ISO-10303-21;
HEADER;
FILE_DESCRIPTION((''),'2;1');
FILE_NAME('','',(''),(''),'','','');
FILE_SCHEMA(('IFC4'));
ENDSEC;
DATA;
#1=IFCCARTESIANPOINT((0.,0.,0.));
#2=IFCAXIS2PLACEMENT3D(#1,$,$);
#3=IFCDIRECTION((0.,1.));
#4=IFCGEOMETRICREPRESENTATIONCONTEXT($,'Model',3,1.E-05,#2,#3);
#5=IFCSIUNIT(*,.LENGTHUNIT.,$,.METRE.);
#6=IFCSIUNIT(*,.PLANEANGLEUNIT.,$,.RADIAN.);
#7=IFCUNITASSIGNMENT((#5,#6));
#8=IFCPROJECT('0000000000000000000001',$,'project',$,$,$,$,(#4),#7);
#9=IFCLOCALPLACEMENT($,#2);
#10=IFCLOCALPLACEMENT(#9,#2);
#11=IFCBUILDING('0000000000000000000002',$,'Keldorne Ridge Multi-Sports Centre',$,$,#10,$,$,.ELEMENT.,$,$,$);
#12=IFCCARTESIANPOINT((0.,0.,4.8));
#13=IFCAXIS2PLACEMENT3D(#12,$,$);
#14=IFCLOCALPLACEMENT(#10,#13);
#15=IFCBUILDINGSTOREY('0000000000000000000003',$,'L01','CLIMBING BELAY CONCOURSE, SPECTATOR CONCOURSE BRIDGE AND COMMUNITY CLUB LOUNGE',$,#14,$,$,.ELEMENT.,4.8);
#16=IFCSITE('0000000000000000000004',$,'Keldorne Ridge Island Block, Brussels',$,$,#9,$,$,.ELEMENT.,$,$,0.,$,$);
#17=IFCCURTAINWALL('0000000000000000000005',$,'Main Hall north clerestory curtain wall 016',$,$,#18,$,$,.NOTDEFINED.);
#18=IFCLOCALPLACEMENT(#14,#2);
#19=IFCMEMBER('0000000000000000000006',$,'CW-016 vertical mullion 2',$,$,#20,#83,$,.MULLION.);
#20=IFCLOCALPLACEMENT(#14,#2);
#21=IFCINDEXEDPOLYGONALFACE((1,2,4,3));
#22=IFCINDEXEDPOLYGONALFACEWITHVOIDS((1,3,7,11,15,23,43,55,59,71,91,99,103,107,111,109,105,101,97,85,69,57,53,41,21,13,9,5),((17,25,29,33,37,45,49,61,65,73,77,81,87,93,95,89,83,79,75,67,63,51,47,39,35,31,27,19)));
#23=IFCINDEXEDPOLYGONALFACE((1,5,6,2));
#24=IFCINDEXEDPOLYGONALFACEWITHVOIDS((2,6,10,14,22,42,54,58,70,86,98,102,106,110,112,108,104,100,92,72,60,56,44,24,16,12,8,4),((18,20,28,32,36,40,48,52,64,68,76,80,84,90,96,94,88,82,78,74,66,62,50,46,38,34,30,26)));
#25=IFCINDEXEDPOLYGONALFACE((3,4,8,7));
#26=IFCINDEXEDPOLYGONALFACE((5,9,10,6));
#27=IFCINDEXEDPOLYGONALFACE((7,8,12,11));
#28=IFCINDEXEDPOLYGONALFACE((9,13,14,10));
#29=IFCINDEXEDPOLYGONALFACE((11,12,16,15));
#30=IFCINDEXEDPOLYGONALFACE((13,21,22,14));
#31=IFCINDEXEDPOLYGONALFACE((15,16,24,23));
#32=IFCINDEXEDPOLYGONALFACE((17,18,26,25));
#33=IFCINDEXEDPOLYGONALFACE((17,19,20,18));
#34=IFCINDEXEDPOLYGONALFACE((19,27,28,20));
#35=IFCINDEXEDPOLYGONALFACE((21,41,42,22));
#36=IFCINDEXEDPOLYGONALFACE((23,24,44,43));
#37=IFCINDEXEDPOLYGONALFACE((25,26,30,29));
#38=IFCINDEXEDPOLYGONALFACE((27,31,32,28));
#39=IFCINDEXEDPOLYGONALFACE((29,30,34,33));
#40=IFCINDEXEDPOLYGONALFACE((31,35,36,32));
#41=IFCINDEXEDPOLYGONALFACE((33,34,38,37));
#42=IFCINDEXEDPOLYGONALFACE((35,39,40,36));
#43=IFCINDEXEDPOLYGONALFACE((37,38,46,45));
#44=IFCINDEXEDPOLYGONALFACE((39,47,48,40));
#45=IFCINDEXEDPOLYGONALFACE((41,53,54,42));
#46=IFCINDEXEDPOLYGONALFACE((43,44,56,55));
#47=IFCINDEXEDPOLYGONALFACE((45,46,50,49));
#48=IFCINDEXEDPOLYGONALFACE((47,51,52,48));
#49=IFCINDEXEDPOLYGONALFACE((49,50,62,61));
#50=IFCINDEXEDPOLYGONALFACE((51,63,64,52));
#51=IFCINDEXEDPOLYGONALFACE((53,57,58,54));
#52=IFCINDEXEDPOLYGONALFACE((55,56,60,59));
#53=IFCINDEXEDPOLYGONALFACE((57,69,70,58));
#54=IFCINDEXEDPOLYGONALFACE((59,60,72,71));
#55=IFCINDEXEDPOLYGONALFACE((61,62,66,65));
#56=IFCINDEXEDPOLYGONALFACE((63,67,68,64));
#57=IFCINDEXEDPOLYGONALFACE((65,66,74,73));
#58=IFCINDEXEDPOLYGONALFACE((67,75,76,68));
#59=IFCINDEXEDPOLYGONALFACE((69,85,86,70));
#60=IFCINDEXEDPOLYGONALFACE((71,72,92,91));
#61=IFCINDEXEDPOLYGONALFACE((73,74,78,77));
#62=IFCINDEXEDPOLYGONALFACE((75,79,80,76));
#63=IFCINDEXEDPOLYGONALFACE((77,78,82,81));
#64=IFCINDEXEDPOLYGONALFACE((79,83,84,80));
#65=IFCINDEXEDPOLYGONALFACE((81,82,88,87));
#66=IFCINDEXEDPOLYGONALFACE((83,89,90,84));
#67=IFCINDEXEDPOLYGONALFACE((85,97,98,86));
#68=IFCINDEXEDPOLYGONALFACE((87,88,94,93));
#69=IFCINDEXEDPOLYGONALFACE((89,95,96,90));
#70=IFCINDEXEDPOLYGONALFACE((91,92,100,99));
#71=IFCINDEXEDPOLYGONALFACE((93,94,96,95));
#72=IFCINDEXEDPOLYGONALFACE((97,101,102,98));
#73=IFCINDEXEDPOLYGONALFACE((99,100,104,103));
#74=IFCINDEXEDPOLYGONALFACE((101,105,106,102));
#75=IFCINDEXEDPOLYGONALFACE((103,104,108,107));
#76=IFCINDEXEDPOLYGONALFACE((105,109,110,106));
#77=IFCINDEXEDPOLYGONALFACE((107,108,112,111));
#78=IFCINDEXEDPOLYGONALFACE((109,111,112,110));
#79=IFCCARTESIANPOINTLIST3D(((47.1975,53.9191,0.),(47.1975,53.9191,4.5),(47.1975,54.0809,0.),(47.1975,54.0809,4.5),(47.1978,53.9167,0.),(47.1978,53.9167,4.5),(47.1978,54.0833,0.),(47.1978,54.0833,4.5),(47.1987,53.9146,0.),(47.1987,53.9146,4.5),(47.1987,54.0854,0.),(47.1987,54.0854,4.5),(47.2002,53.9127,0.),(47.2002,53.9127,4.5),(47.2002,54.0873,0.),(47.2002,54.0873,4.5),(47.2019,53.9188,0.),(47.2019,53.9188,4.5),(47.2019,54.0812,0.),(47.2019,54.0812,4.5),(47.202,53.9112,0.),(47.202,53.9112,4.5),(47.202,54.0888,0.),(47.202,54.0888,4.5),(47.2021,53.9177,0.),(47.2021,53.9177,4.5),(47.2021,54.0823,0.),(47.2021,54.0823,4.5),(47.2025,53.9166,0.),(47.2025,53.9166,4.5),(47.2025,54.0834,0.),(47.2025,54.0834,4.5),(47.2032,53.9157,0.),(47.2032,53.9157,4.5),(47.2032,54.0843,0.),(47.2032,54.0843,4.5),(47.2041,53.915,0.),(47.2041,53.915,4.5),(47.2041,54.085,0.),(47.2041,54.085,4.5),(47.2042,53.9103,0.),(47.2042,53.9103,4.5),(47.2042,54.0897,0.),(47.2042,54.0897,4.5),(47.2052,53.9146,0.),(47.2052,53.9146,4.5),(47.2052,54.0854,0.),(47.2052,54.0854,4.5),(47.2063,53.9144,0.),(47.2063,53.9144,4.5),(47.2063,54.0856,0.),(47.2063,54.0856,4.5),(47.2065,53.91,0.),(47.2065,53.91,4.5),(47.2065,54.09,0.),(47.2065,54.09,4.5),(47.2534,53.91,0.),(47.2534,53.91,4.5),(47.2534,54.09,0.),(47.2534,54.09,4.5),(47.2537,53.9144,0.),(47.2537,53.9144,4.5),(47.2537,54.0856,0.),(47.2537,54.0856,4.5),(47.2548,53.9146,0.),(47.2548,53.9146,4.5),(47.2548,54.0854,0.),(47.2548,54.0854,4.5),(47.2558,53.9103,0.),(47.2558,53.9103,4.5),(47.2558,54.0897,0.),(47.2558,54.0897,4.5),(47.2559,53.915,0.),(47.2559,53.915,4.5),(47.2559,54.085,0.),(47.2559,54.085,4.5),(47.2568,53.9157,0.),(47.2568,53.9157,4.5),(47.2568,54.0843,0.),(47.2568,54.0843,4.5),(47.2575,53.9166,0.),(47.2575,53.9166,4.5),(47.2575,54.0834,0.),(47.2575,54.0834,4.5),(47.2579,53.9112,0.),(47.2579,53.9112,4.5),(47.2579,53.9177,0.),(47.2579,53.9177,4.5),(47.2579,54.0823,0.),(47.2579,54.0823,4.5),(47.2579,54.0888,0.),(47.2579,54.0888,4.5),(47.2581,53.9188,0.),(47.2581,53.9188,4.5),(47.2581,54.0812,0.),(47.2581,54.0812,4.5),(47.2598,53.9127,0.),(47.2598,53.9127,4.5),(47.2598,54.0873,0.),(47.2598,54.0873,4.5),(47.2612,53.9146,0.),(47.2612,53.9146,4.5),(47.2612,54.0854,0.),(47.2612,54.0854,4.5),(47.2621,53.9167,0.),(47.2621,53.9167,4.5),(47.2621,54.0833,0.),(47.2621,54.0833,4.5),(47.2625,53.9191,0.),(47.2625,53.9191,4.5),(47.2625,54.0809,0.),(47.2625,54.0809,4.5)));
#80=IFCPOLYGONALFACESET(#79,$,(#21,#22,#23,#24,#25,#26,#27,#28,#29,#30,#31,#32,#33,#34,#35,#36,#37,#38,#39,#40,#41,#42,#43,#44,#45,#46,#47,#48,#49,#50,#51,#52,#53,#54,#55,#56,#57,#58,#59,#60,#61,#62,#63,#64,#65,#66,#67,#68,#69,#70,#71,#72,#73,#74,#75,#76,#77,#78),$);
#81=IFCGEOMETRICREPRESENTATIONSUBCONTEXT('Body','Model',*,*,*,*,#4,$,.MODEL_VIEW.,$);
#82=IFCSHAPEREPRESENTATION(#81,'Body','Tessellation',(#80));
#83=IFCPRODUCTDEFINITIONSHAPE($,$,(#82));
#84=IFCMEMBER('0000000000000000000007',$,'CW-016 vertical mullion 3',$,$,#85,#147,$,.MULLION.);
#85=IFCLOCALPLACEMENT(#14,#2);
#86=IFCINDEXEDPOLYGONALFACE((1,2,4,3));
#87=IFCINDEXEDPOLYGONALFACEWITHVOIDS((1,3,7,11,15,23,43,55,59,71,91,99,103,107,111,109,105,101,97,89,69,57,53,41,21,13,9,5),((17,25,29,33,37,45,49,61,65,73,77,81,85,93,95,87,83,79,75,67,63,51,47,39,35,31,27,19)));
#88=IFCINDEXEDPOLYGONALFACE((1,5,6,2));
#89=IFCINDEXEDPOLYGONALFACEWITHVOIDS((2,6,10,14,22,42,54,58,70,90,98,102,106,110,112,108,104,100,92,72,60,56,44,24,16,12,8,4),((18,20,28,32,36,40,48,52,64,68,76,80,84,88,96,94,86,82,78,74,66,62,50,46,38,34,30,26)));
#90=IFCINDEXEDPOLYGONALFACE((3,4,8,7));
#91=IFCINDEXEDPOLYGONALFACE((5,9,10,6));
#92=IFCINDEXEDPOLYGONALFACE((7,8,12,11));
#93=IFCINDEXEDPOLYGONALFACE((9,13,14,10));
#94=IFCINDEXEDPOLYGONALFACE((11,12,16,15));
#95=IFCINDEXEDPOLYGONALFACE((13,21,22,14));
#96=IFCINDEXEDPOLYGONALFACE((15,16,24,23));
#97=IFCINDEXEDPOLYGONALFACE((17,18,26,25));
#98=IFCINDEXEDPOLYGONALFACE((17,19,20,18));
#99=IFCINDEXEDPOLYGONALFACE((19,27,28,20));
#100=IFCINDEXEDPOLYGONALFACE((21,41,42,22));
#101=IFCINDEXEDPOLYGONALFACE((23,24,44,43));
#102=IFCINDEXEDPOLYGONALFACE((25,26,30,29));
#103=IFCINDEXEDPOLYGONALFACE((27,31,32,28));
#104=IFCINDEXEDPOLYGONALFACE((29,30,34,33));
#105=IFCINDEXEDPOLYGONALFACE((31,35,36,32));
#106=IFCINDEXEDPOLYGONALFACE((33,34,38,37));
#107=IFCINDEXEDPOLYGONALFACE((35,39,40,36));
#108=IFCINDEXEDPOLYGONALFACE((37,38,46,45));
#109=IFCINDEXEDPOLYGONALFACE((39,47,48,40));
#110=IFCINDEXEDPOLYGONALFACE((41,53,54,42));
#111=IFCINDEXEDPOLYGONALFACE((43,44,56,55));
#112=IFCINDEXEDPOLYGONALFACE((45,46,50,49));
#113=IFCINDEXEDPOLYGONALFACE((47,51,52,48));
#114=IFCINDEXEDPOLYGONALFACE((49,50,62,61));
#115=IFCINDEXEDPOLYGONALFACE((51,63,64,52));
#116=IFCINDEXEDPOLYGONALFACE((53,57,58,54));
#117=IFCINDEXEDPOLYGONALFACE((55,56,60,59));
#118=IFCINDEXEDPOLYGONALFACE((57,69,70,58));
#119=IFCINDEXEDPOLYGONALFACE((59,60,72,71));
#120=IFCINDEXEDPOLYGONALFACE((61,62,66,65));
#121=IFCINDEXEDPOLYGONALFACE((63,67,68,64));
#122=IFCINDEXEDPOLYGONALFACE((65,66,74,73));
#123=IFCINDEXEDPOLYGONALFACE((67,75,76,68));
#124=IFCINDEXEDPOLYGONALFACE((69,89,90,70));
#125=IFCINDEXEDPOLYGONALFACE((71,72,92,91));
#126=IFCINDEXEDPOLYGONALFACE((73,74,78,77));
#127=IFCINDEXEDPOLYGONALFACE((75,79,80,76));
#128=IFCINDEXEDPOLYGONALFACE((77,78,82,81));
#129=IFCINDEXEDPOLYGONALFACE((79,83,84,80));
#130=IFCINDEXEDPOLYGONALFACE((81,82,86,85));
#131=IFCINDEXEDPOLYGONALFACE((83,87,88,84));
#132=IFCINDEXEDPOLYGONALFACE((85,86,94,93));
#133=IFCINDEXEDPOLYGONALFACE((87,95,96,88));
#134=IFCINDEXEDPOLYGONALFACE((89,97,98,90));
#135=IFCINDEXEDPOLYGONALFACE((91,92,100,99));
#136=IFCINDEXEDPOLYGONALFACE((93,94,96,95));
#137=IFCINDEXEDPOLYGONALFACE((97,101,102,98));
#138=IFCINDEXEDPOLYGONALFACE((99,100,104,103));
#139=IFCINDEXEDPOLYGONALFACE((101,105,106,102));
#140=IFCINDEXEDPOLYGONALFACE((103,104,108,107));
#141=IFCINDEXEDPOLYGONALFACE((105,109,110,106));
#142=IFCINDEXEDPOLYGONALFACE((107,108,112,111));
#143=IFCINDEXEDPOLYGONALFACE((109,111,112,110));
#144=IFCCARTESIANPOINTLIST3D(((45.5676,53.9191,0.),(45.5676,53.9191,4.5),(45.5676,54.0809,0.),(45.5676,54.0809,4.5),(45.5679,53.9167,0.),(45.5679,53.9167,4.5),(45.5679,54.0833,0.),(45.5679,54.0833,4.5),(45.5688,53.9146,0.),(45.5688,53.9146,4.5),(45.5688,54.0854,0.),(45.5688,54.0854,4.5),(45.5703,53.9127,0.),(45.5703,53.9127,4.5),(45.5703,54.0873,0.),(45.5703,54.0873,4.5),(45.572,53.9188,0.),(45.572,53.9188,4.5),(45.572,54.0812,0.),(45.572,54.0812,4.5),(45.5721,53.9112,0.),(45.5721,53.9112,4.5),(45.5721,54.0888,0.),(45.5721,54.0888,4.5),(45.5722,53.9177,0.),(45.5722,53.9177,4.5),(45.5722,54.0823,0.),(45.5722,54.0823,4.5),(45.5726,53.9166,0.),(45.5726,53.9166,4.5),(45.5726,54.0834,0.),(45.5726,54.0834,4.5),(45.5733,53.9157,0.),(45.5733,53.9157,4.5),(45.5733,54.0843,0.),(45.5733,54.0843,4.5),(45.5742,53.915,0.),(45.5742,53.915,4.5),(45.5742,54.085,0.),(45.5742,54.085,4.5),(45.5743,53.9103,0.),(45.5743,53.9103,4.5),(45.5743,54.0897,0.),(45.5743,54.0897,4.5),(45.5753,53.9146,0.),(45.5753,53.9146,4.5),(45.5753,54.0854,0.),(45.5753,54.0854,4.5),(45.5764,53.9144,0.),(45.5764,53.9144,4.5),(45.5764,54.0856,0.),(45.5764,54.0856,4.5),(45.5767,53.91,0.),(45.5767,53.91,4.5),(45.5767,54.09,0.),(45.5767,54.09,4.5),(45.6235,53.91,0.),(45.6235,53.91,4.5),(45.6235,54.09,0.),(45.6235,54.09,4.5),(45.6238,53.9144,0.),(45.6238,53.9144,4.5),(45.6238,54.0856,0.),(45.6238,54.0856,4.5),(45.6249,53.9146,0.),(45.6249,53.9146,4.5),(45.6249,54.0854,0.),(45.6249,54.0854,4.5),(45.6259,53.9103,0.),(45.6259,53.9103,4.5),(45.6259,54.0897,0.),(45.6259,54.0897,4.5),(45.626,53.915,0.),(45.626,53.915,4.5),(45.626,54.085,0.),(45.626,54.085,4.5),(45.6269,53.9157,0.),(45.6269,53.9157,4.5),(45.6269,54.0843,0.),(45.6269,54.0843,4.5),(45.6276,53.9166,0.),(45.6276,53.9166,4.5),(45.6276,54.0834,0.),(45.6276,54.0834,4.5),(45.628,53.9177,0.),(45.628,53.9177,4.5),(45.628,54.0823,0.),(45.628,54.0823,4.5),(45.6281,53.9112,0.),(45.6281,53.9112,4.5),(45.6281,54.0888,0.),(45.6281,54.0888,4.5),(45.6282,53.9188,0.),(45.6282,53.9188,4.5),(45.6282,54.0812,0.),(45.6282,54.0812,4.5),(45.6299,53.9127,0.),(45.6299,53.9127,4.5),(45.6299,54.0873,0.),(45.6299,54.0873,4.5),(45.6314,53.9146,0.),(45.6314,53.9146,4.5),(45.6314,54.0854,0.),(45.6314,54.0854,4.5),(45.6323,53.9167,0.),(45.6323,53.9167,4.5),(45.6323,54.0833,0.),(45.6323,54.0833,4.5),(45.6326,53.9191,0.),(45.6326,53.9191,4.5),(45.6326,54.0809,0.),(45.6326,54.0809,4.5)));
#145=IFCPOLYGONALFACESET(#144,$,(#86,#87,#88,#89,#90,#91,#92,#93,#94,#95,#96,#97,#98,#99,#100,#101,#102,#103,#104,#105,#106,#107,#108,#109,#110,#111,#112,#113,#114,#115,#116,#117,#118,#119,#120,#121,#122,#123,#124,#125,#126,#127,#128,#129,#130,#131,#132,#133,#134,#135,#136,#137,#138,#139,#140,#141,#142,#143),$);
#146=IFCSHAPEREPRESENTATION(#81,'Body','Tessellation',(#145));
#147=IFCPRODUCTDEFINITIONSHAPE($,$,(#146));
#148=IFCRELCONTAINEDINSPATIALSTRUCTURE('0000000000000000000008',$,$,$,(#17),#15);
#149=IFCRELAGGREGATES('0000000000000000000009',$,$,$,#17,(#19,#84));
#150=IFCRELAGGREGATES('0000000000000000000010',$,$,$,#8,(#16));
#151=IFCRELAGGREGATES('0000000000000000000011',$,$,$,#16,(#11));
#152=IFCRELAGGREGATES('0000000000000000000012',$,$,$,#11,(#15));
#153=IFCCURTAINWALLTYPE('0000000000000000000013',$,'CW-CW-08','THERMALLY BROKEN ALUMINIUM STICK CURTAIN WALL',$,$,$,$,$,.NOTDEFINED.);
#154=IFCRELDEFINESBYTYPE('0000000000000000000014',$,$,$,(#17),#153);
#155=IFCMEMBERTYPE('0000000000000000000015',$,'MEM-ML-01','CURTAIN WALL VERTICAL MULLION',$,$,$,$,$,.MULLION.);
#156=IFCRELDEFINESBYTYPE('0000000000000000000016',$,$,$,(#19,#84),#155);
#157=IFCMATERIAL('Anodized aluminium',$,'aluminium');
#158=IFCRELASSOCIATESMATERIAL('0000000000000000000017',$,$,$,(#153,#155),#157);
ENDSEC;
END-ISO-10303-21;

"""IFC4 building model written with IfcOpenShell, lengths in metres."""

from ifc_helpers import new_model, si_unit, direction, frame, origin, origin_2d, place, context, subcontext, project, spatial, hollow_rectangle, extrude, material, material_profile, profile_set, type_object, element, aggregate, save


model = new_model("IFC4")

# Units and contexts
model_context = context("Model", 3, precision=1e-05, world=origin(), true_north=direction((0.0, 1.0)))
body_context = subcontext(model_context, "Body", "Model", "MODEL_VIEW")
ifc_project = project(units=[si_unit("LENGTHUNIT", "METRE"), si_unit("PLANEANGLEUNIT", "RADIAN")], contexts=[model_context])

# Site, building, storey
site_placement = place(None, origin())
site = spatial("IfcSite", under=ifc_project, at=site_placement, Name="Keldorne Ridge Island Block, Brussels", CompositionType="ELEMENT", RefElevation=0.0)
building_placement = place(site_placement, origin())
building = spatial("IfcBuilding", under=site, at=building_placement, Name="Keldorne Ridge Multi-Sports Centre", CompositionType="ELEMENT")
storey_placement = place(building_placement, frame((0.0, 0.0, 4.8)))
storey = spatial("IfcBuildingStorey", under=building, at=storey_placement, Name="L01", Description="CLIMBING BELAY CONCOURSE, SPECTATOR CONCOURSE BRIDGE AND COMMUNITY CLUB LOUNGE", CompositionType="ELEMENT", Elevation=4.8)

# Curtain wall, members
ifc_material_1 = material(Name="Anodized aluminium", Category="aluminium")
curtain_wall_type_1 = type_object("IfcCurtainWallType", Name="CW-CW-08", Description="THERMALLY BROKEN ALUMINIUM STICK CURTAIN WALL", PredefinedType="NOTDEFINED", material=ifc_material_1)
curtain_wall_1_placement = place(storey_placement, origin())
curtain_wall_1 = element("IfcCurtainWall", 1, at=curtain_wall_1_placement, inside=storey, type_object=curtain_wall_type_1, Name="Main Hall north clerestory curtain wall 016", PredefinedType="NOTDEFINED")
ifc_material_profile_1 = material_profile(ifc_material_1, hollow_rectangle(XDim=0.0649, YDim=0.1799, WallThickness=0.0044, InnerFilletRadius=0.0044, OuterFilletRadius=0.009, at=origin_2d()), Name="ALU MULLION 180x65x4.5")
ifc_profile_set_1 = profile_set([ifc_material_profile_1], Name="Anodized aluminium")
member_type_1 = type_object("IfcMemberType", Name="MEM-ML-01", Description="CURTAIN WALL VERTICAL MULLION", PredefinedType="MULLION", material=ifc_profile_set_1)
member_1_placement = place(storey_placement, frame((47.23, 54.0, 0.0), z_axis=(0.0, 0.0, 1.0), x_axis=(1.0, 0.0, 0.0)))
member_1 = element("IfcMember", 2, at=member_1_placement, type_object=member_type_1, Name="CW-016 vertical mullion 2", PredefinedType="MULLION", context=body_context, shape_type="SweptSolid", body=[
    extrude(hollow_rectangle(XDim=0.0649, YDim=0.1799, WallThickness=0.0044, InnerFilletRadius=0.0044, OuterFilletRadius=0.009, at=origin_2d()), origin(), (0.0, 0.0, 1.0), 4.5),
])
member_2_placement = place(storey_placement, frame((45.6001, 54.0, 0.0), z_axis=(0.0, 0.0, 1.0), x_axis=(1.0, 0.0, 0.0)))
member_2 = element("IfcMember", 3, at=member_2_placement, type_object=member_type_1, Name="CW-016 vertical mullion 3", PredefinedType="MULLION", context=body_context, shape_type="SweptSolid", body=[
    extrude(hollow_rectangle(XDim=0.0649, YDim=0.1799, WallThickness=0.0044, InnerFilletRadius=0.0044, OuterFilletRadius=0.009, at=origin_2d()), origin(), (0.0, 0.0, 1.0), 4.5),
])

aggregate(curtain_wall_1, [member_1, member_2])

save(model, "model.ifc")
